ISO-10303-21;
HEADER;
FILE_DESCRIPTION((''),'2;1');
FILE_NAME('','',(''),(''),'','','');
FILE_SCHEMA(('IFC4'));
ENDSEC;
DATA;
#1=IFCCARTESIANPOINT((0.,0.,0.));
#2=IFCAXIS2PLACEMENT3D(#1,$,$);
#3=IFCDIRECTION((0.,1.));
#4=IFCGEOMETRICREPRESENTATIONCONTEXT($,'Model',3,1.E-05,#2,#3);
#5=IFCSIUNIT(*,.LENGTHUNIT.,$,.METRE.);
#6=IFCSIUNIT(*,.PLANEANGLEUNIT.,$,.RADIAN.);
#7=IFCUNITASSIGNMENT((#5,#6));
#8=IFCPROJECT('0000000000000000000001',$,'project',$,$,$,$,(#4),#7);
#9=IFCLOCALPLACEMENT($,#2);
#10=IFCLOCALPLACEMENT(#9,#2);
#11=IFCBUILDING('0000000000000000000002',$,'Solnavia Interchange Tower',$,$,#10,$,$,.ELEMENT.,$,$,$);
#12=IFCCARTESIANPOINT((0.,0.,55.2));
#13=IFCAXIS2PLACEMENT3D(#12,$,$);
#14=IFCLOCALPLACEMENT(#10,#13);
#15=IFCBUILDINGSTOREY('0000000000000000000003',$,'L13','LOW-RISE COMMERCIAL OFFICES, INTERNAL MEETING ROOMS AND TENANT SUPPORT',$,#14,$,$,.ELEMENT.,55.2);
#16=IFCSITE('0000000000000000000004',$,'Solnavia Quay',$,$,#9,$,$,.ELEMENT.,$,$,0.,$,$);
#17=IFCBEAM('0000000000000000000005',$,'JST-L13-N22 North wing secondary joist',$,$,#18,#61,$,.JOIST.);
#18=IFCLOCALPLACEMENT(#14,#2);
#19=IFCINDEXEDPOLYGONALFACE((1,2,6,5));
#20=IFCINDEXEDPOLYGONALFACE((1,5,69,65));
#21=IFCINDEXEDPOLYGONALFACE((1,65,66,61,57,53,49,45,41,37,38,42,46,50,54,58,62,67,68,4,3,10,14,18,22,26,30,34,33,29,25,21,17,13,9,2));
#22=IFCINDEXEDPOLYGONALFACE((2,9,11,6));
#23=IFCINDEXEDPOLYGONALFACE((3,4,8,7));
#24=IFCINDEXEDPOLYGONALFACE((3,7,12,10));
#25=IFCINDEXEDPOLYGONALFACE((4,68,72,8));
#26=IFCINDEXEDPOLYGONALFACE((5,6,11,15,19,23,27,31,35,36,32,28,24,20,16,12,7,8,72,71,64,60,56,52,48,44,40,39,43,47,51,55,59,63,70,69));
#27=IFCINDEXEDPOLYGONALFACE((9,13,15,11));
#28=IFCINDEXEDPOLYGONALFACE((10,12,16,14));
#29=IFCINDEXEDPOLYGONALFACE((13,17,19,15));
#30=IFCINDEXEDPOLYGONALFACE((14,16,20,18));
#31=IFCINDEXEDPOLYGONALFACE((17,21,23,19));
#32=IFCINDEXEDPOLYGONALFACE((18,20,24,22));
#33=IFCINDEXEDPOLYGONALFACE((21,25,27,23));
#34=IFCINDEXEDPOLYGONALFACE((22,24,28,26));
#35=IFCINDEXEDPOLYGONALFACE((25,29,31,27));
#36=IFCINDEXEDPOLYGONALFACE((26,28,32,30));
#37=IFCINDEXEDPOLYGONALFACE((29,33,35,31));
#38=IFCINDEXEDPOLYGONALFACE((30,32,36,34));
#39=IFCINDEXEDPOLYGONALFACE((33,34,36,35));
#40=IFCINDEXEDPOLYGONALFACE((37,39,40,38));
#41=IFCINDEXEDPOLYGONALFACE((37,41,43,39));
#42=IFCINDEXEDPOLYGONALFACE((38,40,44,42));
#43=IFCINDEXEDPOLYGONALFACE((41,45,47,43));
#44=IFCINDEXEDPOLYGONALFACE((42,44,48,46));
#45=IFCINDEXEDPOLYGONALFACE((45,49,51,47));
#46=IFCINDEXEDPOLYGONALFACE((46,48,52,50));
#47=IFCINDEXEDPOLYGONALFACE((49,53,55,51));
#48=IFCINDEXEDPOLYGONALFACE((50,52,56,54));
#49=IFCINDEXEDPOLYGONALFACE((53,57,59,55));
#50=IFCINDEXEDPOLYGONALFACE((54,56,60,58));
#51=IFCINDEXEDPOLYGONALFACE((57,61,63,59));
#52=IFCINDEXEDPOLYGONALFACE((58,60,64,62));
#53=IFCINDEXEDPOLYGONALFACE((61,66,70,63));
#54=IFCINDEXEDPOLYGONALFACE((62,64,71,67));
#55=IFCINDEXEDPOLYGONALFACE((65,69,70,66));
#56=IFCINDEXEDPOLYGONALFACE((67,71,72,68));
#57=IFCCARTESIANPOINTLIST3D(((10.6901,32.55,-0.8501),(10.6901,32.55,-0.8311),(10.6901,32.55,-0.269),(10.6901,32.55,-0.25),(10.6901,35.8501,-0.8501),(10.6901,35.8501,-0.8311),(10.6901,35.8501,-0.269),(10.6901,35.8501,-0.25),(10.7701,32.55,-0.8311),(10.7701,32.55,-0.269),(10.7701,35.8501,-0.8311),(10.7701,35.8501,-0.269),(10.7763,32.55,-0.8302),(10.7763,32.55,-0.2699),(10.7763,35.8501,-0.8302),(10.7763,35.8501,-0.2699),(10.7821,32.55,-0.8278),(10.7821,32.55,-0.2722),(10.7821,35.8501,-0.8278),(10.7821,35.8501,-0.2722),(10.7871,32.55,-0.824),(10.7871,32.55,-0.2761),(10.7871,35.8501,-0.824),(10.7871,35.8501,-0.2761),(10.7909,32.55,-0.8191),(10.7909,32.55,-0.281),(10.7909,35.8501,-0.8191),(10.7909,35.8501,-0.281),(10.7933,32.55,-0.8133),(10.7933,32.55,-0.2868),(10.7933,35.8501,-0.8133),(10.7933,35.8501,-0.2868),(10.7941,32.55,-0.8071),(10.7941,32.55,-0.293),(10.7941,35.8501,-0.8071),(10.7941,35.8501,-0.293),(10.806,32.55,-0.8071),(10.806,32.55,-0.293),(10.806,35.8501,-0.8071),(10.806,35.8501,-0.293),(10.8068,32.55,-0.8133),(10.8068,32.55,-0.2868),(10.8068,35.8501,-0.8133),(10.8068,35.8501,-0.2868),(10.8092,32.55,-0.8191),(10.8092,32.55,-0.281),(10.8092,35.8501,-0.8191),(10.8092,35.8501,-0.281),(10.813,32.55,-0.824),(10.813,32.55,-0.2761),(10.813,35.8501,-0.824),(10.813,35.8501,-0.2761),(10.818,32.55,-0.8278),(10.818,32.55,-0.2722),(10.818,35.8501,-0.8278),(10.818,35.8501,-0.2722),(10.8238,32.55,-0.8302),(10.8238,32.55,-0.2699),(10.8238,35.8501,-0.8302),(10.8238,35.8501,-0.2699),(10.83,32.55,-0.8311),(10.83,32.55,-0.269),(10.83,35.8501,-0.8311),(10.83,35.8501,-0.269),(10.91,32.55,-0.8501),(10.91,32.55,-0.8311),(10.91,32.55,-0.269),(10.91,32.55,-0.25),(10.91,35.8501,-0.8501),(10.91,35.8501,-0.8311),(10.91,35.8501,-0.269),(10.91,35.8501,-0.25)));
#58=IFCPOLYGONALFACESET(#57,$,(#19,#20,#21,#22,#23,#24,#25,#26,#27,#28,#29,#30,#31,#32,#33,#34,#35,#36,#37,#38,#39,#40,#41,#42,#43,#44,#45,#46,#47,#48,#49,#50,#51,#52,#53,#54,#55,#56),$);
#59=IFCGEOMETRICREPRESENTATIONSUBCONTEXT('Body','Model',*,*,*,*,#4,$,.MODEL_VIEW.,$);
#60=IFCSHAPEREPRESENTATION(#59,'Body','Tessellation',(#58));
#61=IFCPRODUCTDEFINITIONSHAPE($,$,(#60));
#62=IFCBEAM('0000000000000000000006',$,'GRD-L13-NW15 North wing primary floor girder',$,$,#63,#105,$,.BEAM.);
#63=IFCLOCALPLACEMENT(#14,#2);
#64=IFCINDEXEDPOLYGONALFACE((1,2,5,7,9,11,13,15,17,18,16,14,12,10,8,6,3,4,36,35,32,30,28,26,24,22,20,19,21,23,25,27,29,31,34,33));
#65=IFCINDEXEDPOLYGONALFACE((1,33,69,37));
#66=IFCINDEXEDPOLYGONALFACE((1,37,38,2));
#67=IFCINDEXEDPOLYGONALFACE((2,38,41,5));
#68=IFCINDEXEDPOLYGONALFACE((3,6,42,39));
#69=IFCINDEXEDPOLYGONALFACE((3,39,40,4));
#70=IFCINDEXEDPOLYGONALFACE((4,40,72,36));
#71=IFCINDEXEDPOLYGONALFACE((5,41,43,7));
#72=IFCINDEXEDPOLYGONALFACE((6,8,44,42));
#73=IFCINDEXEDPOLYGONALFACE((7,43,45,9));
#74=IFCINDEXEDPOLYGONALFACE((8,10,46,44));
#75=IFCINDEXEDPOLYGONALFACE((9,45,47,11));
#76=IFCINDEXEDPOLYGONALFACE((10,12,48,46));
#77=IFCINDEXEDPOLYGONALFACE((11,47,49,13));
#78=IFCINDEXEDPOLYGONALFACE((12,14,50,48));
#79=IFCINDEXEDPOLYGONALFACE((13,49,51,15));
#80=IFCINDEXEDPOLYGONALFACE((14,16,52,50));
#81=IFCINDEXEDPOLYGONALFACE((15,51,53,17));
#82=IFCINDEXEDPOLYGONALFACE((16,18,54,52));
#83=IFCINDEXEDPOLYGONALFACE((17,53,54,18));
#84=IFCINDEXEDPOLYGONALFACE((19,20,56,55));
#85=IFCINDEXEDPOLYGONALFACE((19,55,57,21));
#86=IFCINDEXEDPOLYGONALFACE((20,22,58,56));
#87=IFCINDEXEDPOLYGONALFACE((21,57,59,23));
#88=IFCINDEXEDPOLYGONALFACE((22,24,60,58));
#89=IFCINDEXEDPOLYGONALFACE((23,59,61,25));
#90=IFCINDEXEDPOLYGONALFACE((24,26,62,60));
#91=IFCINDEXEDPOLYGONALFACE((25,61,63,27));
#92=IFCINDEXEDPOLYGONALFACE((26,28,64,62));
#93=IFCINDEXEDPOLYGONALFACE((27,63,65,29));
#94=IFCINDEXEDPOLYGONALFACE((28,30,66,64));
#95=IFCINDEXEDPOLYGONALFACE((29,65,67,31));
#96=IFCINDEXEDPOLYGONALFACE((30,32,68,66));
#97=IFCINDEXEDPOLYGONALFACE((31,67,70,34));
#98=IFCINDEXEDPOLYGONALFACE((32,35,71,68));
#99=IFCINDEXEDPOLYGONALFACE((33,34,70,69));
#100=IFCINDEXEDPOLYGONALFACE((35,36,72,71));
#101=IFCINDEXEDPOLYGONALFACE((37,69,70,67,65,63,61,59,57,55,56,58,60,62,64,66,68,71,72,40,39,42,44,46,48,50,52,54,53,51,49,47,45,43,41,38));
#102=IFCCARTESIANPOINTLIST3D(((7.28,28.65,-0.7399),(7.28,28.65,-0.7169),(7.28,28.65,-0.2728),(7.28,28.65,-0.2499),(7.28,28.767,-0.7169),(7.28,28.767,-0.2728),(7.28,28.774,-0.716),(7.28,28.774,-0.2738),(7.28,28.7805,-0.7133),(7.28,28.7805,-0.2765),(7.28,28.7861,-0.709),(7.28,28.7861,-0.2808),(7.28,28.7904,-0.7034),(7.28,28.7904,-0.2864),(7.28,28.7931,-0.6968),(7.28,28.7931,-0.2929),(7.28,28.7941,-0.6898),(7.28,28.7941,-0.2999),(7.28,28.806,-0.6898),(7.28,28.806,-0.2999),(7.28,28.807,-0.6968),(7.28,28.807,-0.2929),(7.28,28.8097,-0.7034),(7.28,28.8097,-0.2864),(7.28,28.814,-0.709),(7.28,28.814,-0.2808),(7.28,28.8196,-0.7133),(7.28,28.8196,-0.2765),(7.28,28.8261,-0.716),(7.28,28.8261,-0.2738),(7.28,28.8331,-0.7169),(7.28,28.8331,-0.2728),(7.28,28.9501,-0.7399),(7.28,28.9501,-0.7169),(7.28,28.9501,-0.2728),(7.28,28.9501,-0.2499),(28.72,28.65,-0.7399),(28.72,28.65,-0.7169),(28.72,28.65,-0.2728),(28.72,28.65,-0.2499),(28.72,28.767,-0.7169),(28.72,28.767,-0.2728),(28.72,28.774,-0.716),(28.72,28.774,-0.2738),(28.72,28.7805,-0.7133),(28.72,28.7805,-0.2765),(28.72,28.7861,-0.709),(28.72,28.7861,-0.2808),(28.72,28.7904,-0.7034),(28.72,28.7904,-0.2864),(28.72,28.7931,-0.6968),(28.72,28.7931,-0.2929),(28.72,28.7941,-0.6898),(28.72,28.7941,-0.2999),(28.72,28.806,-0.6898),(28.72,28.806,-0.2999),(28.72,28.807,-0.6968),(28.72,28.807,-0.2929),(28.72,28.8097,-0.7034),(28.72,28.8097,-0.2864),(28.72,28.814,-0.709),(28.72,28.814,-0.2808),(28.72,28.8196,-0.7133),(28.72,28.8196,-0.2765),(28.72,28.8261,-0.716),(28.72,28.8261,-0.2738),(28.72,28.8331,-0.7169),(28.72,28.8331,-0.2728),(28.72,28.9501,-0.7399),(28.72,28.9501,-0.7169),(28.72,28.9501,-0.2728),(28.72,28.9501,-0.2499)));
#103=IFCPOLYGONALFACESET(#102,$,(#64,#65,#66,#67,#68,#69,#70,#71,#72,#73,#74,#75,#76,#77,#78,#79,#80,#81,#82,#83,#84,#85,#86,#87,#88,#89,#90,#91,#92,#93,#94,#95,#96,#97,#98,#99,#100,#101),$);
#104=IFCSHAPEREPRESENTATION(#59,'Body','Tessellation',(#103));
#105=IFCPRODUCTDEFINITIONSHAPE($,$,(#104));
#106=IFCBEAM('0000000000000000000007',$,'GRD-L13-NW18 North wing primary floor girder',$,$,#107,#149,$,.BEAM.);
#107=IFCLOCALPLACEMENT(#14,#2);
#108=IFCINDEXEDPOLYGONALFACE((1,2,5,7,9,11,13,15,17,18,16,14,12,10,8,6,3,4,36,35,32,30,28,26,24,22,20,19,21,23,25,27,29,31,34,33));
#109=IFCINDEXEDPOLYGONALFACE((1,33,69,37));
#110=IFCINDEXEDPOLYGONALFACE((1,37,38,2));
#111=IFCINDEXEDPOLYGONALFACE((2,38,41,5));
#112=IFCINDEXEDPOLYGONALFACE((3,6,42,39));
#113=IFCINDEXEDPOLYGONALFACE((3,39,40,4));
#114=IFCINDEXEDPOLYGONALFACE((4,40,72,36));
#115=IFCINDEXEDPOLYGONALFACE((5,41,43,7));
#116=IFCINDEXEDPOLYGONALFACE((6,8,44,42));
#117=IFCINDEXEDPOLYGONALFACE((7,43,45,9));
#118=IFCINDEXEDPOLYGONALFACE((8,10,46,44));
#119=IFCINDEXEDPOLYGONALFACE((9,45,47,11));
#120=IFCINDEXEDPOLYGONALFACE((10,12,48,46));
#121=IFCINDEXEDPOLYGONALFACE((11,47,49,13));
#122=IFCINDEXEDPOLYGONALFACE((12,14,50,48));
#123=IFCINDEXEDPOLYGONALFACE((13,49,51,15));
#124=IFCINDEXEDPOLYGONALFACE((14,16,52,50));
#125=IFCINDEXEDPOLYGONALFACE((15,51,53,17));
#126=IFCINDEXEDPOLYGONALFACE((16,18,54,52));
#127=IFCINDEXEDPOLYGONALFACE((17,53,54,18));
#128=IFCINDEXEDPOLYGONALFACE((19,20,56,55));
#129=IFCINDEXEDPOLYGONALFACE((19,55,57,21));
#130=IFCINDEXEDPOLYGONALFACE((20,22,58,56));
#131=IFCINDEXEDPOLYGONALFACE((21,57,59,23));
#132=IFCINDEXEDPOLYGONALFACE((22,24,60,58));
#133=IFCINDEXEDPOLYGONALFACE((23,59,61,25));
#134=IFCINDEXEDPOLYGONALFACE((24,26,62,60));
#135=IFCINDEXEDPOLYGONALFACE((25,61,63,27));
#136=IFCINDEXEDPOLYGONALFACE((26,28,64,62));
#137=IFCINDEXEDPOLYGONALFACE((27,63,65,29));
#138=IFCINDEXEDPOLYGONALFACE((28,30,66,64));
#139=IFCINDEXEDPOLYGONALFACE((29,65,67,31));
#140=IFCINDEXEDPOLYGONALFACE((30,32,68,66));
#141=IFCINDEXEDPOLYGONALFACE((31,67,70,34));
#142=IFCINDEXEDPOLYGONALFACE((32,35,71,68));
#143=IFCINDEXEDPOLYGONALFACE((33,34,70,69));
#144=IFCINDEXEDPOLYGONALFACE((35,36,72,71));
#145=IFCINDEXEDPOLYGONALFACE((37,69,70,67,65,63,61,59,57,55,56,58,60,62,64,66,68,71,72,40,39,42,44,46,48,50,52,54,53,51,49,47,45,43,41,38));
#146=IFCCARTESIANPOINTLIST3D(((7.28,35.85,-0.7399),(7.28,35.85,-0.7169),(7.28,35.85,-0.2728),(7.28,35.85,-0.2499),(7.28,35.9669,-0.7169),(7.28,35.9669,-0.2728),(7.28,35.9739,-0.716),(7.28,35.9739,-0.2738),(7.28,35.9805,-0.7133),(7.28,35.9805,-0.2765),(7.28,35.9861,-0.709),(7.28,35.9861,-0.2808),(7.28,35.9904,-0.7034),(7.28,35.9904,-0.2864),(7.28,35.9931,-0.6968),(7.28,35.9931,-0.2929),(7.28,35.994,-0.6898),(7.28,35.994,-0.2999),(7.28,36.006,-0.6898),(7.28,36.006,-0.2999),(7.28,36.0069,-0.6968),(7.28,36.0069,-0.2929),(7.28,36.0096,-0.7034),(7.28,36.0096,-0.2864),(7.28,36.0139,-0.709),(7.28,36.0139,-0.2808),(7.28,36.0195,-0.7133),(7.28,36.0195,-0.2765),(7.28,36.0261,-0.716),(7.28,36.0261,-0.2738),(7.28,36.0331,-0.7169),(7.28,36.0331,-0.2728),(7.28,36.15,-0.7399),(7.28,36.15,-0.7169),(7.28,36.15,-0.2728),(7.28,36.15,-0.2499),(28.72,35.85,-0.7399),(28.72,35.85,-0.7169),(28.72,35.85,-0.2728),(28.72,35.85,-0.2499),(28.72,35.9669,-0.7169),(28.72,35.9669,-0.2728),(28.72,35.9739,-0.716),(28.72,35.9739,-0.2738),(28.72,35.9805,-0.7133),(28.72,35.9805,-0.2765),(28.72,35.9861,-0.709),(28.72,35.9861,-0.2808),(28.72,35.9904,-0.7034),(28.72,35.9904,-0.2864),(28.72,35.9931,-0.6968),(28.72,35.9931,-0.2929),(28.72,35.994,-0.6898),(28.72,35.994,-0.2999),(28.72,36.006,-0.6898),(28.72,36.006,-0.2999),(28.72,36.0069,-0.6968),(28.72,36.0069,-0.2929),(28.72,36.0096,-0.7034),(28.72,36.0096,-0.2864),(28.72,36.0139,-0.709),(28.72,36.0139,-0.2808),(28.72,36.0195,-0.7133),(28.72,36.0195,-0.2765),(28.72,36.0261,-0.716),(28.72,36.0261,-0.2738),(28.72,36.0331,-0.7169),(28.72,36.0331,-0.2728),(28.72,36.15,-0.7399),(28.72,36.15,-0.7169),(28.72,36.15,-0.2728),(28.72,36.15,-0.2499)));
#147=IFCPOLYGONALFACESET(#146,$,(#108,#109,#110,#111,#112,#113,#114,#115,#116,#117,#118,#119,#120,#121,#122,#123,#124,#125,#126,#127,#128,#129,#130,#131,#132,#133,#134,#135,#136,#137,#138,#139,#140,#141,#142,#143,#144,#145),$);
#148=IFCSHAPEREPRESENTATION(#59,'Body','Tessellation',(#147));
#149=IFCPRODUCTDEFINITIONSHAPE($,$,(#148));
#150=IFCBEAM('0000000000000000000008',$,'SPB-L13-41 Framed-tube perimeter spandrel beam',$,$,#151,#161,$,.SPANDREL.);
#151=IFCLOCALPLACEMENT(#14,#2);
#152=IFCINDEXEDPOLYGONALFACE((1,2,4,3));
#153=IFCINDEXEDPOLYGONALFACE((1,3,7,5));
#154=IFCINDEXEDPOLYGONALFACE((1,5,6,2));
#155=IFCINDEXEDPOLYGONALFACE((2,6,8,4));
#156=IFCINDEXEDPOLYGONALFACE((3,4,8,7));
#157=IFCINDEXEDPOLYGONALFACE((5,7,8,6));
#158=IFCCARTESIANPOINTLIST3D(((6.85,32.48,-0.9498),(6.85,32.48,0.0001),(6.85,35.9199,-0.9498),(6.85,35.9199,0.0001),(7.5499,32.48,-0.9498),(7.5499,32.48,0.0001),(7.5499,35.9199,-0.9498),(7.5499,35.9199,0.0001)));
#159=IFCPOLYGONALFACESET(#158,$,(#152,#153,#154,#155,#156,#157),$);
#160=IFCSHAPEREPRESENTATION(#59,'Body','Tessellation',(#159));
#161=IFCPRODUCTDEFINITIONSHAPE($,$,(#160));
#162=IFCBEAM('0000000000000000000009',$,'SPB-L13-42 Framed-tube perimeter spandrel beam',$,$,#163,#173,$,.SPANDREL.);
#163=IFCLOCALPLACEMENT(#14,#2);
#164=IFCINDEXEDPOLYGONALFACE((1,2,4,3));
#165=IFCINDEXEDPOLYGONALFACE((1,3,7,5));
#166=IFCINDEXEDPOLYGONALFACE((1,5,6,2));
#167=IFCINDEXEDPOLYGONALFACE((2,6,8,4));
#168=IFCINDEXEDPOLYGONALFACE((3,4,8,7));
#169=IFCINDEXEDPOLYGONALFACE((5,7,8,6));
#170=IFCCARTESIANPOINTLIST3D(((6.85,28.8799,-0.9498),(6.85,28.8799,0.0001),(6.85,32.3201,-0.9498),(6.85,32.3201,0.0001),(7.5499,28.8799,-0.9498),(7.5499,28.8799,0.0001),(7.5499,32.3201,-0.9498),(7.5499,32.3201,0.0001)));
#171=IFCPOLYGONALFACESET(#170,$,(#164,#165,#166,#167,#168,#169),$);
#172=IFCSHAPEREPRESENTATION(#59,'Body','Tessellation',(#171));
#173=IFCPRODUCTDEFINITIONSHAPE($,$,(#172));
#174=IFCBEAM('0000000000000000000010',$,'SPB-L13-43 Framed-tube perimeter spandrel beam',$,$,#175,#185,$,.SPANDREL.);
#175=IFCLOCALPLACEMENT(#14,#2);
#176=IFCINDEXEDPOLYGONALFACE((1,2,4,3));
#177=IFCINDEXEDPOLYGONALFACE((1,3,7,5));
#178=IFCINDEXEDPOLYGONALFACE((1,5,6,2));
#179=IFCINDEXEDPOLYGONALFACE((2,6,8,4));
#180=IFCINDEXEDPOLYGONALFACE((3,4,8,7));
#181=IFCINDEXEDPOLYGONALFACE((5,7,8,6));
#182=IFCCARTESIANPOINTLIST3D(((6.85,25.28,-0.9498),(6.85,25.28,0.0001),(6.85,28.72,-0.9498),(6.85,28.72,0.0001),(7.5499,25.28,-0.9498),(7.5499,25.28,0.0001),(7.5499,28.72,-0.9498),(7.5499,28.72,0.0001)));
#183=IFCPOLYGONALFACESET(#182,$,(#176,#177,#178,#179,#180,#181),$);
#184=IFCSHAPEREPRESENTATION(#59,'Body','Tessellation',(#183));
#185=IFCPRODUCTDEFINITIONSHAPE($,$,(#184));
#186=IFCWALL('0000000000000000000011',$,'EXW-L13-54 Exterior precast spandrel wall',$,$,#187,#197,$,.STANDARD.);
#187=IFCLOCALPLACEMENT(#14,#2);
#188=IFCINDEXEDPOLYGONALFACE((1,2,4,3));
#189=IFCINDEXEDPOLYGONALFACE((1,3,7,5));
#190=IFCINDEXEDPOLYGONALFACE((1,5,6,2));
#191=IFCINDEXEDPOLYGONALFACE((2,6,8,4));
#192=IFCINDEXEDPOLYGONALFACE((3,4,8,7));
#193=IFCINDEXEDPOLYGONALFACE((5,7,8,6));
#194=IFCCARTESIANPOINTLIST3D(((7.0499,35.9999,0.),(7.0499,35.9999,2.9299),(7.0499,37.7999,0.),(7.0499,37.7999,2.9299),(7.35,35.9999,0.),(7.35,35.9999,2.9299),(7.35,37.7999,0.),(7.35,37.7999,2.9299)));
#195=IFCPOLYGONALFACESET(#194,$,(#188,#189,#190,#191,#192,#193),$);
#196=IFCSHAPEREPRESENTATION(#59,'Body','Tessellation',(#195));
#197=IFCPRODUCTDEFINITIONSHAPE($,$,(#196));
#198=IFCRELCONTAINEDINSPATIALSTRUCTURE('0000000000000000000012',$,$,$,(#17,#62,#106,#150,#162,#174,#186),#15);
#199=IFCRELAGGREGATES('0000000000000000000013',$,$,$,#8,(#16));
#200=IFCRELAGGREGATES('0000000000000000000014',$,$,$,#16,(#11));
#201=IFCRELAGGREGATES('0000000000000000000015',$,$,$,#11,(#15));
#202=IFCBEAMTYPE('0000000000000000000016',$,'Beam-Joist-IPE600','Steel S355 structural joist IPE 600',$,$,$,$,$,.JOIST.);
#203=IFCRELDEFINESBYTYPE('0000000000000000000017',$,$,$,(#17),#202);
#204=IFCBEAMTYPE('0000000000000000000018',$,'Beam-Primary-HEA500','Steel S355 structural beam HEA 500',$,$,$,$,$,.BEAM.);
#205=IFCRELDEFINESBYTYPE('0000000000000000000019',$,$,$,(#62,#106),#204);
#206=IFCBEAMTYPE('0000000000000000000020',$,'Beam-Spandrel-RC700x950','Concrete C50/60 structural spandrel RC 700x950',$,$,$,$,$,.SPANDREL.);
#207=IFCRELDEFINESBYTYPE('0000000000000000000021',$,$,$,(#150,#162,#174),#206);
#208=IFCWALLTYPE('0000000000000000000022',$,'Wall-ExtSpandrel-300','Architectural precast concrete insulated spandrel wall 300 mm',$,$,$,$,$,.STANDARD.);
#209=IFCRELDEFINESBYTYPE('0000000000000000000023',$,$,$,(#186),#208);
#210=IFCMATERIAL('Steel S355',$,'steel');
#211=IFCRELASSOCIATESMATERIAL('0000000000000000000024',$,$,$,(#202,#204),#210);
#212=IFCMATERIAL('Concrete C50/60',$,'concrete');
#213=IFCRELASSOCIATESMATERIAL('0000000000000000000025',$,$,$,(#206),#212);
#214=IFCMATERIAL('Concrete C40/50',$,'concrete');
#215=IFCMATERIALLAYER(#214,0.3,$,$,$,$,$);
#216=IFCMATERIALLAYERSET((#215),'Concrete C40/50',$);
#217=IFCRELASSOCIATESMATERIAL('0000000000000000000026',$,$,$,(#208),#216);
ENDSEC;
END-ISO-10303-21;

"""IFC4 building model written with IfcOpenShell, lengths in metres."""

from ifc_helpers import new_model, si_unit, direction, frame, frame_2d, origin, origin_2d, place, context, subcontext, project, spatial, rectangle, i_section, extrude, material, layer, layer_set, material_profile, profile_set, type_object, element, save


model = new_model("IFC4")

# Units and contexts
model_context = context("Model", 3, precision=1e-05, world=origin(), true_north=direction((0.0, 1.0)))
body_context = subcontext(model_context, "Body", "Model", "MODEL_VIEW")
ifc_project = project(units=[si_unit("LENGTHUNIT", "METRE"), si_unit("PLANEANGLEUNIT", "RADIAN")], contexts=[model_context])

# Site, building, storey
site_placement = place(None, origin())
site = spatial("IfcSite", under=ifc_project, at=site_placement, Name="Solnavia Quay", CompositionType="ELEMENT", RefElevation=0.0)
building_placement = place(site_placement, origin())
building = spatial("IfcBuilding", under=site, at=building_placement, Name="Solnavia Interchange Tower", CompositionType="ELEMENT")
storey_placement = place(building_placement, frame((0.0, 0.0, 55.2)))
storey = spatial("IfcBuildingStorey", under=building, at=storey_placement, Name="L13", Description="LOW-RISE COMMERCIAL OFFICES, INTERNAL MEETING ROOMS AND TENANT SUPPORT", CompositionType="ELEMENT", Elevation=55.2)

# Beams
ifc_material_1 = material(Name="Steel S355", Category="steel")
ifc_material_profile_1 = material_profile(ifc_material_1, i_section(OverallWidth=0.22, OverallDepth=0.6001, WebThickness=0.012, FlangeThickness=0.019, FilletRadius=0.0239, at=origin_2d()), Name="IPE 600")
ifc_profile_set_1 = profile_set([ifc_material_profile_1], Name="Steel S355")
beam_type_1 = type_object("IfcBeamType", Name="Beam-Joist-IPE600", Description="Steel S355 structural joist IPE 600", PredefinedType="JOIST", material=ifc_profile_set_1)
beam_1_placement = place(storey_placement, frame((10.8, 32.55, -0.55), z_axis=(0.0, 1.0, 0.0), x_axis=(-1.0, 0.0, 0.0)))
element("IfcBeam", 1, at=beam_1_placement, inside=storey, type_object=beam_type_1, Name="JST-L13-N22 North wing secondary joist", PredefinedType="JOIST", context=body_context, shape_type="SweptSolid", body=[
    extrude(i_section(OverallWidth=0.22, OverallDepth=0.6001, WebThickness=0.012, FlangeThickness=0.019, FilletRadius=0.0239, at=origin_2d()), origin(), (0.0, 0.0, 1.0), 3.3),
])
ifc_material_profile_2 = material_profile(ifc_material_1, i_section(OverallWidth=0.3, OverallDepth=0.49, WebThickness=0.012, FlangeThickness=0.0229, FilletRadius=0.0271, at=origin_2d()), Name="HEA 500")
ifc_profile_set_2 = profile_set([ifc_material_profile_2], Name="Steel S355")
beam_type_2 = type_object("IfcBeamType", Name="Beam-Primary-HEA500", Description="Steel S355 structural beam HEA 500", PredefinedType="BEAM", material=ifc_profile_set_2)
for number, where, z_axis, x_axis, name in (
    (2, (7.28, 28.8, -0.4949), (1.0, 0.0, 0.0), (0.0, 1.0, 0.0), "GRD-L13-NW15 North wing primary floor girder"),
    (3, (7.28, 36.0, -0.4949), (1.0, 0.0, 0.0), (0.0, 1.0, 0.0), "GRD-L13-NW18 North wing primary floor girder"),
):
    element("IfcBeam", number, at=place(storey_placement, frame(where, z_axis=z_axis, x_axis=x_axis)), inside=storey, type_object=beam_type_2, Name=name, PredefinedType="BEAM", context=body_context, shape_type="SweptSolid", body=[
        extrude(i_section(OverallWidth=0.3, OverallDepth=0.49, WebThickness=0.012, FlangeThickness=0.0229, FilletRadius=0.0271, at=origin_2d()), origin(), (0.0, 0.0, 1.0), 21.4399),
    ])
ifc_material_2 = material(Name="Concrete C50/60", Category="concrete")
ifc_material_profile_3 = material_profile(ifc_material_2, rectangle(XDim=0.7, YDim=0.95, at=origin_2d()), Name="RC 700x950")
ifc_profile_set_3 = profile_set([ifc_material_profile_3], Name="Concrete C50/60")
beam_type_3 = type_object("IfcBeamType", Name="Beam-Spandrel-RC700x950", Description="Concrete C50/60 structural spandrel RC 700x950", PredefinedType="SPANDREL", material=ifc_profile_set_3)
beam_2_placement = place(storey_placement, frame((7.2, 35.9199, -0.4749), z_axis=(0.0, -1.0, 0.0), x_axis=(1.0, 0.0, 0.0)))
element("IfcBeam", 4, at=beam_2_placement, inside=storey, type_object=beam_type_3, Name="SPB-L13-41 Framed-tube perimeter spandrel beam", PredefinedType="SPANDREL", context=body_context, shape_type="SweptSolid", body=[
    extrude(rectangle(XDim=0.7, YDim=0.95, at=origin_2d()), origin(), (0.0, 0.0, 1.0), 3.4399),
])
beam_3_placement = place(storey_placement, frame((7.2, 32.3201, -0.4749), z_axis=(0.0, -1.0, 0.0), x_axis=(1.0, 0.0, 0.0)))
element("IfcBeam", 5, at=beam_3_placement, inside=storey, type_object=beam_type_3, Name="SPB-L13-42 Framed-tube perimeter spandrel beam", PredefinedType="SPANDREL", context=body_context, shape_type="SweptSolid", body=[
    extrude(rectangle(XDim=0.7, YDim=0.95, at=origin_2d()), origin(), (0.0, 0.0, 1.0), 3.4402),
])
beam_4_placement = place(storey_placement, frame((7.2, 28.72, -0.4749), z_axis=(0.0, -1.0, 0.0), x_axis=(1.0, 0.0, 0.0)))
element("IfcBeam", 6, at=beam_4_placement, inside=storey, type_object=beam_type_3, Name="SPB-L13-43 Framed-tube perimeter spandrel beam", PredefinedType="SPANDREL", context=body_context, shape_type="SweptSolid", body=[
    extrude(rectangle(XDim=0.7, YDim=0.95, at=origin_2d()), origin(), (0.0, 0.0, 1.0), 3.4399),
])

# Wall
ifc_material_3 = material(Name="Concrete C40/50", Category="concrete")
ifc_layer_1 = layer(ifc_material_3, 0.3)
ifc_layer_set_1 = layer_set([ifc_layer_1], Name="Concrete C40/50")
wall_type_1 = type_object("IfcWallType", Name="Wall-ExtSpandrel-300", Description="Architectural precast concrete insulated spandrel wall 300 mm", PredefinedType="STANDARD", material=ifc_layer_set_1)
wall_1_placement = place(storey_placement, frame((7.2, 36.0, 0.0), z_axis=(0.0, 0.0, 1.0), x_axis=(0.0, 1.0, 0.0)))
element("IfcWall", 7, at=wall_1_placement, inside=storey, type_object=wall_type_1, Name="EXW-L13-54 Exterior precast spandrel wall", PredefinedType="STANDARD", context=body_context, shape_type="SweptSolid", body=[
    extrude(rectangle(XDim=1.8, YDim=0.3, at=frame_2d((0.8999, 0.0))), origin(), (0.0, 0.0, 1.0), 2.9299),
])

save(model, "model.ifc")
